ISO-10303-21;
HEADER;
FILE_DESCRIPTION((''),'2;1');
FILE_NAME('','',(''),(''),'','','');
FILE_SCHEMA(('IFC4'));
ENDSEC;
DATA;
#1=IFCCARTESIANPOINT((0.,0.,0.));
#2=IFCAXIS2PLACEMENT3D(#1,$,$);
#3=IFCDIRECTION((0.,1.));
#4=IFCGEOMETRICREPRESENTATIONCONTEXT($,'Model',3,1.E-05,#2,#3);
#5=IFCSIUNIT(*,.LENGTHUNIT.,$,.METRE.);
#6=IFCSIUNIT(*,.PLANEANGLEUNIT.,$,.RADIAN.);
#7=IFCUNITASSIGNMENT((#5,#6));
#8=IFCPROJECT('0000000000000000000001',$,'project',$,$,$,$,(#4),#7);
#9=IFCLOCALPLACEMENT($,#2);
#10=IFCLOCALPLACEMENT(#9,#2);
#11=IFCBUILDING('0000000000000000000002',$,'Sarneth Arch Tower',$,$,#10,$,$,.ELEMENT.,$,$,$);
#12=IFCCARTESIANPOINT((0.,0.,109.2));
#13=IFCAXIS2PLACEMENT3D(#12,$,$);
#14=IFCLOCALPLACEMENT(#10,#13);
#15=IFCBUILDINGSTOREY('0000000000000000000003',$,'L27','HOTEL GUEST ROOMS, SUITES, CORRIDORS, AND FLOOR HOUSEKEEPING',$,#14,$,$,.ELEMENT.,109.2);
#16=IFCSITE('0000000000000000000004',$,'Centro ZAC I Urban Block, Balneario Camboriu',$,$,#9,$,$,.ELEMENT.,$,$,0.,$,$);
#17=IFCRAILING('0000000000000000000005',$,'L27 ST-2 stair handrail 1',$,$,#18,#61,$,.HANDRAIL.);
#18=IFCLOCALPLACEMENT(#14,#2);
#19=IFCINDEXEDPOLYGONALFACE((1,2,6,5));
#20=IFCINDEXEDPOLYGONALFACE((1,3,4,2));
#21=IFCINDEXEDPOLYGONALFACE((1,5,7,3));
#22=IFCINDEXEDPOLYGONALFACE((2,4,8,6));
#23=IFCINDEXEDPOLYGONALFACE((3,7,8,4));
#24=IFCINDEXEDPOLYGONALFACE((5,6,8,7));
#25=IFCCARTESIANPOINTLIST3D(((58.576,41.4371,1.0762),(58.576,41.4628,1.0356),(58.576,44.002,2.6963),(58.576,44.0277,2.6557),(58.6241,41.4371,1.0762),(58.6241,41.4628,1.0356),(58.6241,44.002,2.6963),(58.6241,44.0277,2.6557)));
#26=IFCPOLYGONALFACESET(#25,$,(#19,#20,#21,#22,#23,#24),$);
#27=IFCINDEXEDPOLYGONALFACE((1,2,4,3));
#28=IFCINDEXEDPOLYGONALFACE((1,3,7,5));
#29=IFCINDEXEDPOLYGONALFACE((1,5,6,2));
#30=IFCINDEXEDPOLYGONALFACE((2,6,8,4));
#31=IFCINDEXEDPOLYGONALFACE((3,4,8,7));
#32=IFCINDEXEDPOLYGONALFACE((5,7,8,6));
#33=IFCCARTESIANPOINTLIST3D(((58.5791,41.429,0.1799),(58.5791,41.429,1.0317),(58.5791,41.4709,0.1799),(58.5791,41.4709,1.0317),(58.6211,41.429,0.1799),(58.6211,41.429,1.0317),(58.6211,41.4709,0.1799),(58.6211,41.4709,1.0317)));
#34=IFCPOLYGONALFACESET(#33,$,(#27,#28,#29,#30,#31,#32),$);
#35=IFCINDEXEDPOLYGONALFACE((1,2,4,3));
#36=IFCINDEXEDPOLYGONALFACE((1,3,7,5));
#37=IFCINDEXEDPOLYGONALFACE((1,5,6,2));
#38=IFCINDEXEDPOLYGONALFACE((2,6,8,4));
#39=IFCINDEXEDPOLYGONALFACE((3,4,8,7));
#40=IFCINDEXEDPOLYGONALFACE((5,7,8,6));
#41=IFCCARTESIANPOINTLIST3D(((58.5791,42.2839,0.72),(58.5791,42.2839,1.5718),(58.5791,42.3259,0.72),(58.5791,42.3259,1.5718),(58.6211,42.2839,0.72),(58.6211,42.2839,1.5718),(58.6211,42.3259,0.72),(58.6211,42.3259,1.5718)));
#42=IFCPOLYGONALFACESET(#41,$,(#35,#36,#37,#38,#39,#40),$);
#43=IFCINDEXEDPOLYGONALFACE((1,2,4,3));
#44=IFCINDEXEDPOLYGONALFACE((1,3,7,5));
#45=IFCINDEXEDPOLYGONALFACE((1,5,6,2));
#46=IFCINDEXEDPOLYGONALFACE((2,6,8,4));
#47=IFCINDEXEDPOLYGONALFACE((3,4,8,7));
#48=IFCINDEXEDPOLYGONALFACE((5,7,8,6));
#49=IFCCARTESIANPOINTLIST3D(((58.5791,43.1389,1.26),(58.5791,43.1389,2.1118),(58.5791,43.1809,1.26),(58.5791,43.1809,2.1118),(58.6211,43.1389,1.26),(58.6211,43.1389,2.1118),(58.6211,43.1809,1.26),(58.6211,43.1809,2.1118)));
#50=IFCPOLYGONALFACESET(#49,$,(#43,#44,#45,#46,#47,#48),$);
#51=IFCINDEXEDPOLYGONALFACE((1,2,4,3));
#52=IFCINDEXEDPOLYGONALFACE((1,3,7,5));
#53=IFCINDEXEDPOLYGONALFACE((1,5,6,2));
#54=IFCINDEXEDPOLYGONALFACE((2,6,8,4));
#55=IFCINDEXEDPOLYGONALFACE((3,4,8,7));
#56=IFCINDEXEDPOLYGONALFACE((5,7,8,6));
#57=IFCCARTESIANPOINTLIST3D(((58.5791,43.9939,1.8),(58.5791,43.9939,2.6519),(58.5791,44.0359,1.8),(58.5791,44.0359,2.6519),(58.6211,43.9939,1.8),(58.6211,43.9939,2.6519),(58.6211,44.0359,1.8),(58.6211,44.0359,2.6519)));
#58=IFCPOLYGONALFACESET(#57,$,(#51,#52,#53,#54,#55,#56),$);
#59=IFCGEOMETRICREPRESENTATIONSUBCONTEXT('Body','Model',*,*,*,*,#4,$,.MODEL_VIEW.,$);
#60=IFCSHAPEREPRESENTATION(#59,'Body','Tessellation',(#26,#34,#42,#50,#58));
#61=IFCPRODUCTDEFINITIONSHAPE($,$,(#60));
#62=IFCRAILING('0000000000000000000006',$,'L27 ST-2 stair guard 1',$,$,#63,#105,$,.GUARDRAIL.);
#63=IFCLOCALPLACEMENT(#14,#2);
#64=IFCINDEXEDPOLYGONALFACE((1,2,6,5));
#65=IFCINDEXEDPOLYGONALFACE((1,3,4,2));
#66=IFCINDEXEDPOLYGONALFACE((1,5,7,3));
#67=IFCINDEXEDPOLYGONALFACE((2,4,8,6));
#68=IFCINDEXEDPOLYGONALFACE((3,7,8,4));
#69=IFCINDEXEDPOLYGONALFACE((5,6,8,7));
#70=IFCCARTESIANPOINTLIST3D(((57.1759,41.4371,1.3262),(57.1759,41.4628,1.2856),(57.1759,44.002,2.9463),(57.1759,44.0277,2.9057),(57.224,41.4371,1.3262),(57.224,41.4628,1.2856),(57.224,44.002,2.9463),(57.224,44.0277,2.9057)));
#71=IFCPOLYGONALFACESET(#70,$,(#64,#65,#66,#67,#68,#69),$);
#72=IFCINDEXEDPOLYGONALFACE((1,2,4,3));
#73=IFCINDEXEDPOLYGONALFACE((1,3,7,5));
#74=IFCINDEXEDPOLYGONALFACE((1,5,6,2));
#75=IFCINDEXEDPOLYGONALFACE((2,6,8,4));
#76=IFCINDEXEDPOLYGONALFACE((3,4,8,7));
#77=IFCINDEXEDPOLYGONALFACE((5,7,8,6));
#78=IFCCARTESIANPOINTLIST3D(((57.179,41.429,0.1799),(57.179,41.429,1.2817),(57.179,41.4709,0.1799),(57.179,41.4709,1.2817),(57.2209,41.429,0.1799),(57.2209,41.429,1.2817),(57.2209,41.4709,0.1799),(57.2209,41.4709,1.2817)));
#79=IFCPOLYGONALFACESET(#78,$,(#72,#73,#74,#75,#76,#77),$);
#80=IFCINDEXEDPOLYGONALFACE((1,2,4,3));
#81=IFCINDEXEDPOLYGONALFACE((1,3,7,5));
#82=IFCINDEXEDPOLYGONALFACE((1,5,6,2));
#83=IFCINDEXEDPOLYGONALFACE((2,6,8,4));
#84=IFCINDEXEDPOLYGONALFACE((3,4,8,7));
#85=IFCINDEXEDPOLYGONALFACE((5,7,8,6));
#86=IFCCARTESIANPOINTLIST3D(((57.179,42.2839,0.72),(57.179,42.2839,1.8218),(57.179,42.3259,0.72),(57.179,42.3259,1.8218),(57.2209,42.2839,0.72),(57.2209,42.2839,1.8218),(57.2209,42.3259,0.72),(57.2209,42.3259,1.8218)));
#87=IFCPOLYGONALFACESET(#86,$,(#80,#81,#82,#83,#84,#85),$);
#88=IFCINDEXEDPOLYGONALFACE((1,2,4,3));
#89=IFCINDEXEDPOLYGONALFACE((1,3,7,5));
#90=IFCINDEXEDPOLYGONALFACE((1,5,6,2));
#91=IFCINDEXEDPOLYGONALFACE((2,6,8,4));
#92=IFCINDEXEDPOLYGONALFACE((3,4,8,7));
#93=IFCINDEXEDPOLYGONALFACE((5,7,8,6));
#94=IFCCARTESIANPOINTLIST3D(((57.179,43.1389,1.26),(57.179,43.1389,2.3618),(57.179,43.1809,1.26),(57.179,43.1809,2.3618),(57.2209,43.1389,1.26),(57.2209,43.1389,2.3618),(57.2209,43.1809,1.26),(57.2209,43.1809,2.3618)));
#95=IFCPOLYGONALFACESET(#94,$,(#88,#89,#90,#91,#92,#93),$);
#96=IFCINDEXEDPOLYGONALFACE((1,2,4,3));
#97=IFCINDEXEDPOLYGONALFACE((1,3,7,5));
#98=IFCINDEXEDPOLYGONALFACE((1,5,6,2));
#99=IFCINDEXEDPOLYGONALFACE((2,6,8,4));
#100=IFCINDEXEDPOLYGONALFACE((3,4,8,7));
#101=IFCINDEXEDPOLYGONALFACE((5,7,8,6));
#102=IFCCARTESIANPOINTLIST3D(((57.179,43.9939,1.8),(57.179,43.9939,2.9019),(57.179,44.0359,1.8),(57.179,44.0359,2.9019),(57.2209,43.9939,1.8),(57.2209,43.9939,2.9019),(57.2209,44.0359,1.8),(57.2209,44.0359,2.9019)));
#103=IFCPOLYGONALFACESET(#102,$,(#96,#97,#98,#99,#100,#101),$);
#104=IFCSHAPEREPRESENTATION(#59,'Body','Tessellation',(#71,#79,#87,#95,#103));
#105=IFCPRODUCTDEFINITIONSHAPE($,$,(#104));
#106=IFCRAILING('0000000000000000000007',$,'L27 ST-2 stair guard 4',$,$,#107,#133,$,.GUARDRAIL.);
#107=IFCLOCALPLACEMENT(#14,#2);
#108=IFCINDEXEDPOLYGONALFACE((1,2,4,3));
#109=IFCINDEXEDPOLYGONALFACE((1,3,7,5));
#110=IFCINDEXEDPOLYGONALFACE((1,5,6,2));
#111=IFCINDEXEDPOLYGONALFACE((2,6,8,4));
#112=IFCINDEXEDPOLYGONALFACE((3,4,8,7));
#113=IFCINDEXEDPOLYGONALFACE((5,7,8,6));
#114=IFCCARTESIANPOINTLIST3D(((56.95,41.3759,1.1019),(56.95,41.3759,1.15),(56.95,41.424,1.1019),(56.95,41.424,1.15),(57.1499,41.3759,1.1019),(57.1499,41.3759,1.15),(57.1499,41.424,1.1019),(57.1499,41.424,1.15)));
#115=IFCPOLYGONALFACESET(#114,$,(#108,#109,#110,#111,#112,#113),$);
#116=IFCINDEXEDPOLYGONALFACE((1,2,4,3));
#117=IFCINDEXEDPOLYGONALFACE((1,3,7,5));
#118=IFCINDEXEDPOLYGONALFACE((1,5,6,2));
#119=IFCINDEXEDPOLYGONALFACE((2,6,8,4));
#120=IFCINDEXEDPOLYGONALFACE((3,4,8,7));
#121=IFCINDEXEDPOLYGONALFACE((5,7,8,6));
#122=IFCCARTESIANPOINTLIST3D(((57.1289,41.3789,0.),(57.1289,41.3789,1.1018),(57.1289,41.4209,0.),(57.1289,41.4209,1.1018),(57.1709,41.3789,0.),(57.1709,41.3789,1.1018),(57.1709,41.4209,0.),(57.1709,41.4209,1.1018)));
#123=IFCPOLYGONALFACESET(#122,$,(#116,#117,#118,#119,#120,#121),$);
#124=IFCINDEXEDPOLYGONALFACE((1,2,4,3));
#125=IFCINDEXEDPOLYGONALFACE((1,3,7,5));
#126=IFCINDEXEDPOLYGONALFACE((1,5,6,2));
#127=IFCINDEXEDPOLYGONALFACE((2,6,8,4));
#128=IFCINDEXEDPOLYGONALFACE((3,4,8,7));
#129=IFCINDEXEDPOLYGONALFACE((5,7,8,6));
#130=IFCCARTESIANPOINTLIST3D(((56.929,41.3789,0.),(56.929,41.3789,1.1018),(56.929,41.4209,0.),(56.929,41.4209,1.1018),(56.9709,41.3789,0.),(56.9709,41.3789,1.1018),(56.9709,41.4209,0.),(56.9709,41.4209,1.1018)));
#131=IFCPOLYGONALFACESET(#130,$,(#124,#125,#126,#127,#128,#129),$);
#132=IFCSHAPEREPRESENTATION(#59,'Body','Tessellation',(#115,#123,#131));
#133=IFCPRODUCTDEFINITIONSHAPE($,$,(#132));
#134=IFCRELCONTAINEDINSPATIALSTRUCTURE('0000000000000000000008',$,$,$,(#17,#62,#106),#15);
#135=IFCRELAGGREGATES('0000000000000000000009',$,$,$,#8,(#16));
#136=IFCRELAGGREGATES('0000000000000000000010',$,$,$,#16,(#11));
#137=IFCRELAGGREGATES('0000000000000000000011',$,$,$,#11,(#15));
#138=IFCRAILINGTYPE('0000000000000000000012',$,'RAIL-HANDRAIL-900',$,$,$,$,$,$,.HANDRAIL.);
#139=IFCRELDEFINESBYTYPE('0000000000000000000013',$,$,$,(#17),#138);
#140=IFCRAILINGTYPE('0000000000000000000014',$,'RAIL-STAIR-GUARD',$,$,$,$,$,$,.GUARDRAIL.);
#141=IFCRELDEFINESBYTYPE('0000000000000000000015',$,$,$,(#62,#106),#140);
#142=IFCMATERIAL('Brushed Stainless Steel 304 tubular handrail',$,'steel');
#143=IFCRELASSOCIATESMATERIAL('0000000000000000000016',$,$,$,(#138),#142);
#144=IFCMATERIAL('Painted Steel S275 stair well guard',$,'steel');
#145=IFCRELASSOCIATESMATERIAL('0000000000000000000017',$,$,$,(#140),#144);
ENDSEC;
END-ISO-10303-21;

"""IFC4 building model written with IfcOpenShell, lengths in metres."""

from ifc_helpers import new_model, si_unit, direction, frame, origin, origin_2d, place, context, subcontext, project, spatial, rectangle, extrude, material, type_object, element, save


model = new_model("IFC4")

# Units and contexts
model_context = context("Model", 3, precision=1e-05, world=origin(), true_north=direction((0.0, 1.0)))
body_context = subcontext(model_context, "Body", "Model", "MODEL_VIEW")
ifc_project = project(units=[si_unit("LENGTHUNIT", "METRE"), si_unit("PLANEANGLEUNIT", "RADIAN")], contexts=[model_context])

# Site, building, storey
site_placement = place(None, origin())
site = spatial("IfcSite", under=ifc_project, at=site_placement, Name="Centro ZAC I Urban Block, Balneario Camboriu", CompositionType="ELEMENT", RefElevation=0.0)
building_placement = place(site_placement, origin())
building = spatial("IfcBuilding", under=site, at=building_placement, Name="Sarneth Arch Tower", CompositionType="ELEMENT")
storey_placement = place(building_placement, frame((0.0, 0.0, 109.2)))
storey = spatial("IfcBuildingStorey", under=building, at=storey_placement, Name="L27", Description="HOTEL GUEST ROOMS, SUITES, CORRIDORS, AND FLOOR HOUSEKEEPING", CompositionType="ELEMENT", Elevation=109.2)

# Railings
ifc_material_1 = material(Name="Brushed Stainless Steel 304 tubular handrail", Category="steel")
railing_type_1 = type_object("IfcRailingType", Name="RAIL-HANDRAIL-900", PredefinedType="HANDRAIL", material=ifc_material_1)
railing_1_placement = place(storey_placement, frame((58.6001, 41.45, 0.1799)))
element("IfcRailing", 1, at=railing_1_placement, inside=storey, type_object=railing_type_1, Name="L27 ST-2 stair handrail 1", PredefinedType="HANDRAIL", context=body_context, shape_type="SweptSolid", body=[
    extrude(rectangle(XDim=0.0481, YDim=0.0481, at=origin_2d()), frame((0.0, 0.0, 0.876), z_axis=(0.0, 0.845466, 0.534029), x_axis=(-1.0, 0.0, 0.0)), (0.0, 0.0, 1.0), 3.0337),
    extrude(rectangle(XDim=0.042, YDim=0.042, at=origin_2d()), origin(), (0.0, 0.0, 1.0), 0.8518),
    extrude(rectangle(XDim=0.042, YDim=0.042, at=origin_2d()), frame((0.0, 0.855, 0.54)), (0.0, 0.0, 1.0), 0.8518),
    extrude(rectangle(XDim=0.042, YDim=0.042, at=origin_2d()), frame((0.0, 1.71, 1.0801)), (0.0, 0.0, 1.0), 0.8518),
    extrude(rectangle(XDim=0.042, YDim=0.042, at=origin_2d()), frame((0.0, 2.5649, 1.6201)), (0.0, 0.0, 1.0), 0.8518),
])
ifc_material_2 = material(Name="Painted Steel S275 stair well guard", Category="steel")
railing_type_2 = type_object("IfcRailingType", Name="RAIL-STAIR-GUARD", PredefinedType="GUARDRAIL", material=ifc_material_2)
railing_2_placement = place(storey_placement, frame((57.2, 41.45, 0.1799)))
element("IfcRailing", 2, at=railing_2_placement, inside=storey, type_object=railing_type_2, Name="L27 ST-2 stair guard 1", PredefinedType="GUARDRAIL", context=body_context, shape_type="SweptSolid", body=[
    extrude(rectangle(XDim=0.0481, YDim=0.0481, at=origin_2d()), frame((0.0, 0.0, 1.126), z_axis=(0.0, 0.845466, 0.534029), x_axis=(-1.0, 0.0, 0.0)), (0.0, 0.0, 1.0), 3.0337),
    extrude(rectangle(XDim=0.042, YDim=0.042, at=origin_2d()), origin(), (0.0, 0.0, 1.0), 1.1018),
    extrude(rectangle(XDim=0.042, YDim=0.042, at=origin_2d()), frame((0.0, 0.855, 0.54)), (0.0, 0.0, 1.0), 1.1018),
    extrude(rectangle(XDim=0.042, YDim=0.042, at=origin_2d()), frame((0.0, 1.71, 1.0801)), (0.0, 0.0, 1.0), 1.1018),
    extrude(rectangle(XDim=0.042, YDim=0.042, at=origin_2d()), frame((0.0, 2.5649, 1.6201)), (0.0, 0.0, 1.0), 1.1018),
])
railing_3_placement = place(storey_placement, frame((57.1499, 41.3999, 0.0)))
element("IfcRailing", 3, at=railing_3_placement, inside=storey, type_object=railing_type_2, Name="L27 ST-2 stair guard 4", PredefinedType="GUARDRAIL", context=body_context, shape_type="SweptSolid", body=[
    extrude(rectangle(XDim=0.0481, YDim=0.0481, at=origin_2d()), frame((0.0, 0.0, 1.126), z_axis=(-1.0, 0.0, 0.0), x_axis=(0.0, -1.0, 0.0)), (0.0, 0.0, 1.0), 0.2),
    extrude(rectangle(XDim=0.042, YDim=0.042, at=origin_2d()), origin(), (0.0, 0.0, 1.0), 1.1018),
    extrude(rectangle(XDim=0.042, YDim=0.042, at=origin_2d()), frame((-0.2, 0.0, 0.0)), (0.0, 0.0, 1.0), 1.1018),
])

save(model, "model.ifc")
